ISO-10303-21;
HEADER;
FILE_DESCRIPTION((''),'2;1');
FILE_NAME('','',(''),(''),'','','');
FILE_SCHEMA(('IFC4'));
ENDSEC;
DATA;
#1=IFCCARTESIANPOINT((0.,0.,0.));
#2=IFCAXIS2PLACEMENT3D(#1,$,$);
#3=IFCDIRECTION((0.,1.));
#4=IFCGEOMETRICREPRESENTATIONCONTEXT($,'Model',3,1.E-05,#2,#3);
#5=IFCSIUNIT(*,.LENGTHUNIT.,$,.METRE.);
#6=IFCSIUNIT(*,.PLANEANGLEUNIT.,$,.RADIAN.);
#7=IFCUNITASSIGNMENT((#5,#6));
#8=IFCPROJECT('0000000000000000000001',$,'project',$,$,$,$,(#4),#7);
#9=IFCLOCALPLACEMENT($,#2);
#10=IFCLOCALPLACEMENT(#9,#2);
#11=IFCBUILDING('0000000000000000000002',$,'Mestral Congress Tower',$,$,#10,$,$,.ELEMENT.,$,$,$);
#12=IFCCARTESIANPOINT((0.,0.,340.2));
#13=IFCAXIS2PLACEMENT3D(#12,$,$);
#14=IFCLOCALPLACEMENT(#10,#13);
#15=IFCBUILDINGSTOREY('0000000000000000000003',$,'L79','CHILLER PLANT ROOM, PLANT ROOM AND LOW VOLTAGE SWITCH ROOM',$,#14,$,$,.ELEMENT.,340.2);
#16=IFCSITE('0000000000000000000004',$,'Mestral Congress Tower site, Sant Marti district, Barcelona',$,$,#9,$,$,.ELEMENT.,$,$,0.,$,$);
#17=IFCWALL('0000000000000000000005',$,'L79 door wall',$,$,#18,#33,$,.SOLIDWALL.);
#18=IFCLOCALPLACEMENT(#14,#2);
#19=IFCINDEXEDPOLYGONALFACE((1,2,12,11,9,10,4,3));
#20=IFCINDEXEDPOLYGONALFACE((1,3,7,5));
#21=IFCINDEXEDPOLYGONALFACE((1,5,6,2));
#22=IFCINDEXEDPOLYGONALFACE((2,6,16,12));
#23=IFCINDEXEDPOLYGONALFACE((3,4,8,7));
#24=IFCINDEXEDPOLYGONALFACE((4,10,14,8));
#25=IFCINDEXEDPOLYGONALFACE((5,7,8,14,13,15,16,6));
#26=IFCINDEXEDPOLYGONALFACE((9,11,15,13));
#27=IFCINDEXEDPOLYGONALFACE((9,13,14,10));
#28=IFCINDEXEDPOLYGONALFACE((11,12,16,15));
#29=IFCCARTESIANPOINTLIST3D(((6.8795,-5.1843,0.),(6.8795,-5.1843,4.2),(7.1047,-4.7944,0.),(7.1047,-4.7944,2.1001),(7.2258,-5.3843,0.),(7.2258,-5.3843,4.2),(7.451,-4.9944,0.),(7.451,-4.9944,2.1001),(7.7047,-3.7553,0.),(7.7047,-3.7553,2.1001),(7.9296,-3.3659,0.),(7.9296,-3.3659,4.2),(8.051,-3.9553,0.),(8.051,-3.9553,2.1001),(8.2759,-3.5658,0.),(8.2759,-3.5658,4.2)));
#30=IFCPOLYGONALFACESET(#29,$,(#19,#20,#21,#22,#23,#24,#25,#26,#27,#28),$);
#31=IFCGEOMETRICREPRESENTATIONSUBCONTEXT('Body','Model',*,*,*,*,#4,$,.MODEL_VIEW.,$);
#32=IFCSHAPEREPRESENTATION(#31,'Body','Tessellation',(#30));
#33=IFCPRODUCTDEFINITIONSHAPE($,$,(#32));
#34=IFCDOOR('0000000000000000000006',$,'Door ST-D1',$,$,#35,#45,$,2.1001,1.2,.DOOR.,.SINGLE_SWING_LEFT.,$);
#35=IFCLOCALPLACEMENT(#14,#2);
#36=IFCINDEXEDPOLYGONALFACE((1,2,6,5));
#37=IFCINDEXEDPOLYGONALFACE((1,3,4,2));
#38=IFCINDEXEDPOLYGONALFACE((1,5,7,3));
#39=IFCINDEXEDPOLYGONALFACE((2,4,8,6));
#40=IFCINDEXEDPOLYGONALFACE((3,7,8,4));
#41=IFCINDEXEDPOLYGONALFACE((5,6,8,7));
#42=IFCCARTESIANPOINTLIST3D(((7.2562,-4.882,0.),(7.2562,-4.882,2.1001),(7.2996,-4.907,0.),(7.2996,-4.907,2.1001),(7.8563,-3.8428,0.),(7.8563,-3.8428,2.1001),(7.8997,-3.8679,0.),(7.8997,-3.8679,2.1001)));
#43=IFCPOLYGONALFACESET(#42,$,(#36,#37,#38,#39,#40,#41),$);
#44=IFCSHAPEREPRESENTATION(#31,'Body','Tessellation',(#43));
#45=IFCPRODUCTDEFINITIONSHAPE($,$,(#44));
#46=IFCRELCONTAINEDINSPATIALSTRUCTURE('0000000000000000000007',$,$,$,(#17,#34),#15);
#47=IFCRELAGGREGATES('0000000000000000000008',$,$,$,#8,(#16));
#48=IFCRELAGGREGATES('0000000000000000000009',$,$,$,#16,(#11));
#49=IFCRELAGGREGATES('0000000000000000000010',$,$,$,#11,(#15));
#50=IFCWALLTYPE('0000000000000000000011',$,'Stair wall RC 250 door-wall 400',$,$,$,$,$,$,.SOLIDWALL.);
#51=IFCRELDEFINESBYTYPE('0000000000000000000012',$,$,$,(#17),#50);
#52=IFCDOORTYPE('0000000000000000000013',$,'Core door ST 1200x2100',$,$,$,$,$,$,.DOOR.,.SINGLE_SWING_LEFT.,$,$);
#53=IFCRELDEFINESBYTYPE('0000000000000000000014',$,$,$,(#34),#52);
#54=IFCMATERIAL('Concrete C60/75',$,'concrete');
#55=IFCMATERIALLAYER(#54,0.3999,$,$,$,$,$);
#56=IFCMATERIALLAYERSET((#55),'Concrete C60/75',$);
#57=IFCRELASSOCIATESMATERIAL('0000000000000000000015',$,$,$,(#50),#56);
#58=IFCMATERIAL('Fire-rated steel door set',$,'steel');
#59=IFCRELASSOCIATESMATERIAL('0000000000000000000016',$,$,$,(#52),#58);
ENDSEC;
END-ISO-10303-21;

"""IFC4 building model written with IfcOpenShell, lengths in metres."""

from ifc_helpers import new_model, si_unit, direction, frame, frame_2d, origin, place, context, subcontext, project, spatial, rectangle, extrude, material, layer, layer_set, type_object, element, fill, save


model = new_model("IFC4")

# Units and contexts
model_context = context("Model", 3, precision=1e-05, world=origin(), true_north=direction((0.0, 1.0)))
body_context = subcontext(model_context, "Body", "Model", "MODEL_VIEW")
ifc_project = project(units=[si_unit("LENGTHUNIT", "METRE"), si_unit("PLANEANGLEUNIT", "RADIAN")], contexts=[model_context])

# Site, building, storey
site_placement = place(None, origin())
site = spatial("IfcSite", under=ifc_project, at=site_placement, Name="Mestral Congress Tower site, Sant Marti district, Barcelona", CompositionType="ELEMENT", RefElevation=0.0)
building_placement = place(site_placement, origin())
building = spatial("IfcBuilding", under=site, at=building_placement, Name="Mestral Congress Tower", CompositionType="ELEMENT")
storey_placement = place(building_placement, frame((0.0, 0.0, 340.2)))
storey = spatial("IfcBuildingStorey", under=building, at=storey_placement, Name="L79", Description="CHILLER PLANT ROOM, PLANT ROOM AND LOW VOLTAGE SWITCH ROOM", CompositionType="ELEMENT", Elevation=340.2)

# Shared definitions
ifc_material_1 = material(Name="Fire-rated steel door set", Category="steel")

# Shared definitions
ifc_material_2 = material(Name="Concrete C60/75", Category="concrete")

# Wall, opening, door
ifc_layer_1 = layer(ifc_material_2, 0.3999)
ifc_layer_set_1 = layer_set([ifc_layer_1], Name="Concrete C60/75")
wall_type_1 = type_object("IfcWallType", Name="Stair wall RC 250 door-wall 400", PredefinedType="SOLIDWALL", material=ifc_layer_set_1)
wall_1_placement = place(storey_placement, frame((7.0527, -5.2842, 0.0), z_axis=(0.0, 0.0, 1.0), x_axis=(0.500078, 0.86598, 0.0)))
wall_1 = element("IfcWall", 1, at=wall_1_placement, inside=storey, type_object=wall_type_1, Name="L79 door wall", PredefinedType="SOLIDWALL", context=body_context, shape_type="SweptSolid", body=[
    extrude(rectangle(XDim=2.0999, YDim=0.3999, at=frame_2d((1.0498, 0.0))), origin(), (0.0, 0.0, 1.0), 4.2),
])
opening_1_placement = place(wall_1_placement, frame((0.45, 0.0, 0.0)))
opening_1 = element("IfcOpeningElement", 2, at=opening_1_placement, cuts=wall_1, PredefinedType="OPENING", context=body_context, shape_type="SweptSolid", body=[
    extrude(rectangle(XDim=1.2, YDim=2.1001, at=frame_2d((0.6001, 1.05))), frame((0.0, 0.21, 0.0), z_axis=(0.0, -1.0, 0.0), x_axis=(1.0, 0.0, 0.0)), (0.0, 0.0, 1.0), 0.4199),
])
door_type_1 = type_object("IfcDoorType", Name="Core door ST 1200x2100", OperationType="SINGLE_SWING_LEFT", PredefinedType="DOOR", material=ifc_material_1)
door_1_placement = place(opening_1_placement, origin())
door_1 = element("IfcDoor", 3, at=door_1_placement, inside=storey, type_object=door_type_1, Name="Door ST-D1", OperationType="SINGLE_SWING_LEFT", OverallHeight=2.1001, OverallWidth=1.2, PredefinedType="DOOR", context=body_context, shape_type="SweptSolid", body=[
    extrude(rectangle(XDim=1.2, YDim=2.1001, at=frame_2d((0.6001, 1.05))), frame((0.0, 0.0249, 0.0), z_axis=(0.0, -1.0, 0.0), x_axis=(1.0, 0.0, 0.0)), (0.0, 0.0, 1.0), 0.05),
])
fill(opening_1, door_1)

save(model, "model.ifc")
